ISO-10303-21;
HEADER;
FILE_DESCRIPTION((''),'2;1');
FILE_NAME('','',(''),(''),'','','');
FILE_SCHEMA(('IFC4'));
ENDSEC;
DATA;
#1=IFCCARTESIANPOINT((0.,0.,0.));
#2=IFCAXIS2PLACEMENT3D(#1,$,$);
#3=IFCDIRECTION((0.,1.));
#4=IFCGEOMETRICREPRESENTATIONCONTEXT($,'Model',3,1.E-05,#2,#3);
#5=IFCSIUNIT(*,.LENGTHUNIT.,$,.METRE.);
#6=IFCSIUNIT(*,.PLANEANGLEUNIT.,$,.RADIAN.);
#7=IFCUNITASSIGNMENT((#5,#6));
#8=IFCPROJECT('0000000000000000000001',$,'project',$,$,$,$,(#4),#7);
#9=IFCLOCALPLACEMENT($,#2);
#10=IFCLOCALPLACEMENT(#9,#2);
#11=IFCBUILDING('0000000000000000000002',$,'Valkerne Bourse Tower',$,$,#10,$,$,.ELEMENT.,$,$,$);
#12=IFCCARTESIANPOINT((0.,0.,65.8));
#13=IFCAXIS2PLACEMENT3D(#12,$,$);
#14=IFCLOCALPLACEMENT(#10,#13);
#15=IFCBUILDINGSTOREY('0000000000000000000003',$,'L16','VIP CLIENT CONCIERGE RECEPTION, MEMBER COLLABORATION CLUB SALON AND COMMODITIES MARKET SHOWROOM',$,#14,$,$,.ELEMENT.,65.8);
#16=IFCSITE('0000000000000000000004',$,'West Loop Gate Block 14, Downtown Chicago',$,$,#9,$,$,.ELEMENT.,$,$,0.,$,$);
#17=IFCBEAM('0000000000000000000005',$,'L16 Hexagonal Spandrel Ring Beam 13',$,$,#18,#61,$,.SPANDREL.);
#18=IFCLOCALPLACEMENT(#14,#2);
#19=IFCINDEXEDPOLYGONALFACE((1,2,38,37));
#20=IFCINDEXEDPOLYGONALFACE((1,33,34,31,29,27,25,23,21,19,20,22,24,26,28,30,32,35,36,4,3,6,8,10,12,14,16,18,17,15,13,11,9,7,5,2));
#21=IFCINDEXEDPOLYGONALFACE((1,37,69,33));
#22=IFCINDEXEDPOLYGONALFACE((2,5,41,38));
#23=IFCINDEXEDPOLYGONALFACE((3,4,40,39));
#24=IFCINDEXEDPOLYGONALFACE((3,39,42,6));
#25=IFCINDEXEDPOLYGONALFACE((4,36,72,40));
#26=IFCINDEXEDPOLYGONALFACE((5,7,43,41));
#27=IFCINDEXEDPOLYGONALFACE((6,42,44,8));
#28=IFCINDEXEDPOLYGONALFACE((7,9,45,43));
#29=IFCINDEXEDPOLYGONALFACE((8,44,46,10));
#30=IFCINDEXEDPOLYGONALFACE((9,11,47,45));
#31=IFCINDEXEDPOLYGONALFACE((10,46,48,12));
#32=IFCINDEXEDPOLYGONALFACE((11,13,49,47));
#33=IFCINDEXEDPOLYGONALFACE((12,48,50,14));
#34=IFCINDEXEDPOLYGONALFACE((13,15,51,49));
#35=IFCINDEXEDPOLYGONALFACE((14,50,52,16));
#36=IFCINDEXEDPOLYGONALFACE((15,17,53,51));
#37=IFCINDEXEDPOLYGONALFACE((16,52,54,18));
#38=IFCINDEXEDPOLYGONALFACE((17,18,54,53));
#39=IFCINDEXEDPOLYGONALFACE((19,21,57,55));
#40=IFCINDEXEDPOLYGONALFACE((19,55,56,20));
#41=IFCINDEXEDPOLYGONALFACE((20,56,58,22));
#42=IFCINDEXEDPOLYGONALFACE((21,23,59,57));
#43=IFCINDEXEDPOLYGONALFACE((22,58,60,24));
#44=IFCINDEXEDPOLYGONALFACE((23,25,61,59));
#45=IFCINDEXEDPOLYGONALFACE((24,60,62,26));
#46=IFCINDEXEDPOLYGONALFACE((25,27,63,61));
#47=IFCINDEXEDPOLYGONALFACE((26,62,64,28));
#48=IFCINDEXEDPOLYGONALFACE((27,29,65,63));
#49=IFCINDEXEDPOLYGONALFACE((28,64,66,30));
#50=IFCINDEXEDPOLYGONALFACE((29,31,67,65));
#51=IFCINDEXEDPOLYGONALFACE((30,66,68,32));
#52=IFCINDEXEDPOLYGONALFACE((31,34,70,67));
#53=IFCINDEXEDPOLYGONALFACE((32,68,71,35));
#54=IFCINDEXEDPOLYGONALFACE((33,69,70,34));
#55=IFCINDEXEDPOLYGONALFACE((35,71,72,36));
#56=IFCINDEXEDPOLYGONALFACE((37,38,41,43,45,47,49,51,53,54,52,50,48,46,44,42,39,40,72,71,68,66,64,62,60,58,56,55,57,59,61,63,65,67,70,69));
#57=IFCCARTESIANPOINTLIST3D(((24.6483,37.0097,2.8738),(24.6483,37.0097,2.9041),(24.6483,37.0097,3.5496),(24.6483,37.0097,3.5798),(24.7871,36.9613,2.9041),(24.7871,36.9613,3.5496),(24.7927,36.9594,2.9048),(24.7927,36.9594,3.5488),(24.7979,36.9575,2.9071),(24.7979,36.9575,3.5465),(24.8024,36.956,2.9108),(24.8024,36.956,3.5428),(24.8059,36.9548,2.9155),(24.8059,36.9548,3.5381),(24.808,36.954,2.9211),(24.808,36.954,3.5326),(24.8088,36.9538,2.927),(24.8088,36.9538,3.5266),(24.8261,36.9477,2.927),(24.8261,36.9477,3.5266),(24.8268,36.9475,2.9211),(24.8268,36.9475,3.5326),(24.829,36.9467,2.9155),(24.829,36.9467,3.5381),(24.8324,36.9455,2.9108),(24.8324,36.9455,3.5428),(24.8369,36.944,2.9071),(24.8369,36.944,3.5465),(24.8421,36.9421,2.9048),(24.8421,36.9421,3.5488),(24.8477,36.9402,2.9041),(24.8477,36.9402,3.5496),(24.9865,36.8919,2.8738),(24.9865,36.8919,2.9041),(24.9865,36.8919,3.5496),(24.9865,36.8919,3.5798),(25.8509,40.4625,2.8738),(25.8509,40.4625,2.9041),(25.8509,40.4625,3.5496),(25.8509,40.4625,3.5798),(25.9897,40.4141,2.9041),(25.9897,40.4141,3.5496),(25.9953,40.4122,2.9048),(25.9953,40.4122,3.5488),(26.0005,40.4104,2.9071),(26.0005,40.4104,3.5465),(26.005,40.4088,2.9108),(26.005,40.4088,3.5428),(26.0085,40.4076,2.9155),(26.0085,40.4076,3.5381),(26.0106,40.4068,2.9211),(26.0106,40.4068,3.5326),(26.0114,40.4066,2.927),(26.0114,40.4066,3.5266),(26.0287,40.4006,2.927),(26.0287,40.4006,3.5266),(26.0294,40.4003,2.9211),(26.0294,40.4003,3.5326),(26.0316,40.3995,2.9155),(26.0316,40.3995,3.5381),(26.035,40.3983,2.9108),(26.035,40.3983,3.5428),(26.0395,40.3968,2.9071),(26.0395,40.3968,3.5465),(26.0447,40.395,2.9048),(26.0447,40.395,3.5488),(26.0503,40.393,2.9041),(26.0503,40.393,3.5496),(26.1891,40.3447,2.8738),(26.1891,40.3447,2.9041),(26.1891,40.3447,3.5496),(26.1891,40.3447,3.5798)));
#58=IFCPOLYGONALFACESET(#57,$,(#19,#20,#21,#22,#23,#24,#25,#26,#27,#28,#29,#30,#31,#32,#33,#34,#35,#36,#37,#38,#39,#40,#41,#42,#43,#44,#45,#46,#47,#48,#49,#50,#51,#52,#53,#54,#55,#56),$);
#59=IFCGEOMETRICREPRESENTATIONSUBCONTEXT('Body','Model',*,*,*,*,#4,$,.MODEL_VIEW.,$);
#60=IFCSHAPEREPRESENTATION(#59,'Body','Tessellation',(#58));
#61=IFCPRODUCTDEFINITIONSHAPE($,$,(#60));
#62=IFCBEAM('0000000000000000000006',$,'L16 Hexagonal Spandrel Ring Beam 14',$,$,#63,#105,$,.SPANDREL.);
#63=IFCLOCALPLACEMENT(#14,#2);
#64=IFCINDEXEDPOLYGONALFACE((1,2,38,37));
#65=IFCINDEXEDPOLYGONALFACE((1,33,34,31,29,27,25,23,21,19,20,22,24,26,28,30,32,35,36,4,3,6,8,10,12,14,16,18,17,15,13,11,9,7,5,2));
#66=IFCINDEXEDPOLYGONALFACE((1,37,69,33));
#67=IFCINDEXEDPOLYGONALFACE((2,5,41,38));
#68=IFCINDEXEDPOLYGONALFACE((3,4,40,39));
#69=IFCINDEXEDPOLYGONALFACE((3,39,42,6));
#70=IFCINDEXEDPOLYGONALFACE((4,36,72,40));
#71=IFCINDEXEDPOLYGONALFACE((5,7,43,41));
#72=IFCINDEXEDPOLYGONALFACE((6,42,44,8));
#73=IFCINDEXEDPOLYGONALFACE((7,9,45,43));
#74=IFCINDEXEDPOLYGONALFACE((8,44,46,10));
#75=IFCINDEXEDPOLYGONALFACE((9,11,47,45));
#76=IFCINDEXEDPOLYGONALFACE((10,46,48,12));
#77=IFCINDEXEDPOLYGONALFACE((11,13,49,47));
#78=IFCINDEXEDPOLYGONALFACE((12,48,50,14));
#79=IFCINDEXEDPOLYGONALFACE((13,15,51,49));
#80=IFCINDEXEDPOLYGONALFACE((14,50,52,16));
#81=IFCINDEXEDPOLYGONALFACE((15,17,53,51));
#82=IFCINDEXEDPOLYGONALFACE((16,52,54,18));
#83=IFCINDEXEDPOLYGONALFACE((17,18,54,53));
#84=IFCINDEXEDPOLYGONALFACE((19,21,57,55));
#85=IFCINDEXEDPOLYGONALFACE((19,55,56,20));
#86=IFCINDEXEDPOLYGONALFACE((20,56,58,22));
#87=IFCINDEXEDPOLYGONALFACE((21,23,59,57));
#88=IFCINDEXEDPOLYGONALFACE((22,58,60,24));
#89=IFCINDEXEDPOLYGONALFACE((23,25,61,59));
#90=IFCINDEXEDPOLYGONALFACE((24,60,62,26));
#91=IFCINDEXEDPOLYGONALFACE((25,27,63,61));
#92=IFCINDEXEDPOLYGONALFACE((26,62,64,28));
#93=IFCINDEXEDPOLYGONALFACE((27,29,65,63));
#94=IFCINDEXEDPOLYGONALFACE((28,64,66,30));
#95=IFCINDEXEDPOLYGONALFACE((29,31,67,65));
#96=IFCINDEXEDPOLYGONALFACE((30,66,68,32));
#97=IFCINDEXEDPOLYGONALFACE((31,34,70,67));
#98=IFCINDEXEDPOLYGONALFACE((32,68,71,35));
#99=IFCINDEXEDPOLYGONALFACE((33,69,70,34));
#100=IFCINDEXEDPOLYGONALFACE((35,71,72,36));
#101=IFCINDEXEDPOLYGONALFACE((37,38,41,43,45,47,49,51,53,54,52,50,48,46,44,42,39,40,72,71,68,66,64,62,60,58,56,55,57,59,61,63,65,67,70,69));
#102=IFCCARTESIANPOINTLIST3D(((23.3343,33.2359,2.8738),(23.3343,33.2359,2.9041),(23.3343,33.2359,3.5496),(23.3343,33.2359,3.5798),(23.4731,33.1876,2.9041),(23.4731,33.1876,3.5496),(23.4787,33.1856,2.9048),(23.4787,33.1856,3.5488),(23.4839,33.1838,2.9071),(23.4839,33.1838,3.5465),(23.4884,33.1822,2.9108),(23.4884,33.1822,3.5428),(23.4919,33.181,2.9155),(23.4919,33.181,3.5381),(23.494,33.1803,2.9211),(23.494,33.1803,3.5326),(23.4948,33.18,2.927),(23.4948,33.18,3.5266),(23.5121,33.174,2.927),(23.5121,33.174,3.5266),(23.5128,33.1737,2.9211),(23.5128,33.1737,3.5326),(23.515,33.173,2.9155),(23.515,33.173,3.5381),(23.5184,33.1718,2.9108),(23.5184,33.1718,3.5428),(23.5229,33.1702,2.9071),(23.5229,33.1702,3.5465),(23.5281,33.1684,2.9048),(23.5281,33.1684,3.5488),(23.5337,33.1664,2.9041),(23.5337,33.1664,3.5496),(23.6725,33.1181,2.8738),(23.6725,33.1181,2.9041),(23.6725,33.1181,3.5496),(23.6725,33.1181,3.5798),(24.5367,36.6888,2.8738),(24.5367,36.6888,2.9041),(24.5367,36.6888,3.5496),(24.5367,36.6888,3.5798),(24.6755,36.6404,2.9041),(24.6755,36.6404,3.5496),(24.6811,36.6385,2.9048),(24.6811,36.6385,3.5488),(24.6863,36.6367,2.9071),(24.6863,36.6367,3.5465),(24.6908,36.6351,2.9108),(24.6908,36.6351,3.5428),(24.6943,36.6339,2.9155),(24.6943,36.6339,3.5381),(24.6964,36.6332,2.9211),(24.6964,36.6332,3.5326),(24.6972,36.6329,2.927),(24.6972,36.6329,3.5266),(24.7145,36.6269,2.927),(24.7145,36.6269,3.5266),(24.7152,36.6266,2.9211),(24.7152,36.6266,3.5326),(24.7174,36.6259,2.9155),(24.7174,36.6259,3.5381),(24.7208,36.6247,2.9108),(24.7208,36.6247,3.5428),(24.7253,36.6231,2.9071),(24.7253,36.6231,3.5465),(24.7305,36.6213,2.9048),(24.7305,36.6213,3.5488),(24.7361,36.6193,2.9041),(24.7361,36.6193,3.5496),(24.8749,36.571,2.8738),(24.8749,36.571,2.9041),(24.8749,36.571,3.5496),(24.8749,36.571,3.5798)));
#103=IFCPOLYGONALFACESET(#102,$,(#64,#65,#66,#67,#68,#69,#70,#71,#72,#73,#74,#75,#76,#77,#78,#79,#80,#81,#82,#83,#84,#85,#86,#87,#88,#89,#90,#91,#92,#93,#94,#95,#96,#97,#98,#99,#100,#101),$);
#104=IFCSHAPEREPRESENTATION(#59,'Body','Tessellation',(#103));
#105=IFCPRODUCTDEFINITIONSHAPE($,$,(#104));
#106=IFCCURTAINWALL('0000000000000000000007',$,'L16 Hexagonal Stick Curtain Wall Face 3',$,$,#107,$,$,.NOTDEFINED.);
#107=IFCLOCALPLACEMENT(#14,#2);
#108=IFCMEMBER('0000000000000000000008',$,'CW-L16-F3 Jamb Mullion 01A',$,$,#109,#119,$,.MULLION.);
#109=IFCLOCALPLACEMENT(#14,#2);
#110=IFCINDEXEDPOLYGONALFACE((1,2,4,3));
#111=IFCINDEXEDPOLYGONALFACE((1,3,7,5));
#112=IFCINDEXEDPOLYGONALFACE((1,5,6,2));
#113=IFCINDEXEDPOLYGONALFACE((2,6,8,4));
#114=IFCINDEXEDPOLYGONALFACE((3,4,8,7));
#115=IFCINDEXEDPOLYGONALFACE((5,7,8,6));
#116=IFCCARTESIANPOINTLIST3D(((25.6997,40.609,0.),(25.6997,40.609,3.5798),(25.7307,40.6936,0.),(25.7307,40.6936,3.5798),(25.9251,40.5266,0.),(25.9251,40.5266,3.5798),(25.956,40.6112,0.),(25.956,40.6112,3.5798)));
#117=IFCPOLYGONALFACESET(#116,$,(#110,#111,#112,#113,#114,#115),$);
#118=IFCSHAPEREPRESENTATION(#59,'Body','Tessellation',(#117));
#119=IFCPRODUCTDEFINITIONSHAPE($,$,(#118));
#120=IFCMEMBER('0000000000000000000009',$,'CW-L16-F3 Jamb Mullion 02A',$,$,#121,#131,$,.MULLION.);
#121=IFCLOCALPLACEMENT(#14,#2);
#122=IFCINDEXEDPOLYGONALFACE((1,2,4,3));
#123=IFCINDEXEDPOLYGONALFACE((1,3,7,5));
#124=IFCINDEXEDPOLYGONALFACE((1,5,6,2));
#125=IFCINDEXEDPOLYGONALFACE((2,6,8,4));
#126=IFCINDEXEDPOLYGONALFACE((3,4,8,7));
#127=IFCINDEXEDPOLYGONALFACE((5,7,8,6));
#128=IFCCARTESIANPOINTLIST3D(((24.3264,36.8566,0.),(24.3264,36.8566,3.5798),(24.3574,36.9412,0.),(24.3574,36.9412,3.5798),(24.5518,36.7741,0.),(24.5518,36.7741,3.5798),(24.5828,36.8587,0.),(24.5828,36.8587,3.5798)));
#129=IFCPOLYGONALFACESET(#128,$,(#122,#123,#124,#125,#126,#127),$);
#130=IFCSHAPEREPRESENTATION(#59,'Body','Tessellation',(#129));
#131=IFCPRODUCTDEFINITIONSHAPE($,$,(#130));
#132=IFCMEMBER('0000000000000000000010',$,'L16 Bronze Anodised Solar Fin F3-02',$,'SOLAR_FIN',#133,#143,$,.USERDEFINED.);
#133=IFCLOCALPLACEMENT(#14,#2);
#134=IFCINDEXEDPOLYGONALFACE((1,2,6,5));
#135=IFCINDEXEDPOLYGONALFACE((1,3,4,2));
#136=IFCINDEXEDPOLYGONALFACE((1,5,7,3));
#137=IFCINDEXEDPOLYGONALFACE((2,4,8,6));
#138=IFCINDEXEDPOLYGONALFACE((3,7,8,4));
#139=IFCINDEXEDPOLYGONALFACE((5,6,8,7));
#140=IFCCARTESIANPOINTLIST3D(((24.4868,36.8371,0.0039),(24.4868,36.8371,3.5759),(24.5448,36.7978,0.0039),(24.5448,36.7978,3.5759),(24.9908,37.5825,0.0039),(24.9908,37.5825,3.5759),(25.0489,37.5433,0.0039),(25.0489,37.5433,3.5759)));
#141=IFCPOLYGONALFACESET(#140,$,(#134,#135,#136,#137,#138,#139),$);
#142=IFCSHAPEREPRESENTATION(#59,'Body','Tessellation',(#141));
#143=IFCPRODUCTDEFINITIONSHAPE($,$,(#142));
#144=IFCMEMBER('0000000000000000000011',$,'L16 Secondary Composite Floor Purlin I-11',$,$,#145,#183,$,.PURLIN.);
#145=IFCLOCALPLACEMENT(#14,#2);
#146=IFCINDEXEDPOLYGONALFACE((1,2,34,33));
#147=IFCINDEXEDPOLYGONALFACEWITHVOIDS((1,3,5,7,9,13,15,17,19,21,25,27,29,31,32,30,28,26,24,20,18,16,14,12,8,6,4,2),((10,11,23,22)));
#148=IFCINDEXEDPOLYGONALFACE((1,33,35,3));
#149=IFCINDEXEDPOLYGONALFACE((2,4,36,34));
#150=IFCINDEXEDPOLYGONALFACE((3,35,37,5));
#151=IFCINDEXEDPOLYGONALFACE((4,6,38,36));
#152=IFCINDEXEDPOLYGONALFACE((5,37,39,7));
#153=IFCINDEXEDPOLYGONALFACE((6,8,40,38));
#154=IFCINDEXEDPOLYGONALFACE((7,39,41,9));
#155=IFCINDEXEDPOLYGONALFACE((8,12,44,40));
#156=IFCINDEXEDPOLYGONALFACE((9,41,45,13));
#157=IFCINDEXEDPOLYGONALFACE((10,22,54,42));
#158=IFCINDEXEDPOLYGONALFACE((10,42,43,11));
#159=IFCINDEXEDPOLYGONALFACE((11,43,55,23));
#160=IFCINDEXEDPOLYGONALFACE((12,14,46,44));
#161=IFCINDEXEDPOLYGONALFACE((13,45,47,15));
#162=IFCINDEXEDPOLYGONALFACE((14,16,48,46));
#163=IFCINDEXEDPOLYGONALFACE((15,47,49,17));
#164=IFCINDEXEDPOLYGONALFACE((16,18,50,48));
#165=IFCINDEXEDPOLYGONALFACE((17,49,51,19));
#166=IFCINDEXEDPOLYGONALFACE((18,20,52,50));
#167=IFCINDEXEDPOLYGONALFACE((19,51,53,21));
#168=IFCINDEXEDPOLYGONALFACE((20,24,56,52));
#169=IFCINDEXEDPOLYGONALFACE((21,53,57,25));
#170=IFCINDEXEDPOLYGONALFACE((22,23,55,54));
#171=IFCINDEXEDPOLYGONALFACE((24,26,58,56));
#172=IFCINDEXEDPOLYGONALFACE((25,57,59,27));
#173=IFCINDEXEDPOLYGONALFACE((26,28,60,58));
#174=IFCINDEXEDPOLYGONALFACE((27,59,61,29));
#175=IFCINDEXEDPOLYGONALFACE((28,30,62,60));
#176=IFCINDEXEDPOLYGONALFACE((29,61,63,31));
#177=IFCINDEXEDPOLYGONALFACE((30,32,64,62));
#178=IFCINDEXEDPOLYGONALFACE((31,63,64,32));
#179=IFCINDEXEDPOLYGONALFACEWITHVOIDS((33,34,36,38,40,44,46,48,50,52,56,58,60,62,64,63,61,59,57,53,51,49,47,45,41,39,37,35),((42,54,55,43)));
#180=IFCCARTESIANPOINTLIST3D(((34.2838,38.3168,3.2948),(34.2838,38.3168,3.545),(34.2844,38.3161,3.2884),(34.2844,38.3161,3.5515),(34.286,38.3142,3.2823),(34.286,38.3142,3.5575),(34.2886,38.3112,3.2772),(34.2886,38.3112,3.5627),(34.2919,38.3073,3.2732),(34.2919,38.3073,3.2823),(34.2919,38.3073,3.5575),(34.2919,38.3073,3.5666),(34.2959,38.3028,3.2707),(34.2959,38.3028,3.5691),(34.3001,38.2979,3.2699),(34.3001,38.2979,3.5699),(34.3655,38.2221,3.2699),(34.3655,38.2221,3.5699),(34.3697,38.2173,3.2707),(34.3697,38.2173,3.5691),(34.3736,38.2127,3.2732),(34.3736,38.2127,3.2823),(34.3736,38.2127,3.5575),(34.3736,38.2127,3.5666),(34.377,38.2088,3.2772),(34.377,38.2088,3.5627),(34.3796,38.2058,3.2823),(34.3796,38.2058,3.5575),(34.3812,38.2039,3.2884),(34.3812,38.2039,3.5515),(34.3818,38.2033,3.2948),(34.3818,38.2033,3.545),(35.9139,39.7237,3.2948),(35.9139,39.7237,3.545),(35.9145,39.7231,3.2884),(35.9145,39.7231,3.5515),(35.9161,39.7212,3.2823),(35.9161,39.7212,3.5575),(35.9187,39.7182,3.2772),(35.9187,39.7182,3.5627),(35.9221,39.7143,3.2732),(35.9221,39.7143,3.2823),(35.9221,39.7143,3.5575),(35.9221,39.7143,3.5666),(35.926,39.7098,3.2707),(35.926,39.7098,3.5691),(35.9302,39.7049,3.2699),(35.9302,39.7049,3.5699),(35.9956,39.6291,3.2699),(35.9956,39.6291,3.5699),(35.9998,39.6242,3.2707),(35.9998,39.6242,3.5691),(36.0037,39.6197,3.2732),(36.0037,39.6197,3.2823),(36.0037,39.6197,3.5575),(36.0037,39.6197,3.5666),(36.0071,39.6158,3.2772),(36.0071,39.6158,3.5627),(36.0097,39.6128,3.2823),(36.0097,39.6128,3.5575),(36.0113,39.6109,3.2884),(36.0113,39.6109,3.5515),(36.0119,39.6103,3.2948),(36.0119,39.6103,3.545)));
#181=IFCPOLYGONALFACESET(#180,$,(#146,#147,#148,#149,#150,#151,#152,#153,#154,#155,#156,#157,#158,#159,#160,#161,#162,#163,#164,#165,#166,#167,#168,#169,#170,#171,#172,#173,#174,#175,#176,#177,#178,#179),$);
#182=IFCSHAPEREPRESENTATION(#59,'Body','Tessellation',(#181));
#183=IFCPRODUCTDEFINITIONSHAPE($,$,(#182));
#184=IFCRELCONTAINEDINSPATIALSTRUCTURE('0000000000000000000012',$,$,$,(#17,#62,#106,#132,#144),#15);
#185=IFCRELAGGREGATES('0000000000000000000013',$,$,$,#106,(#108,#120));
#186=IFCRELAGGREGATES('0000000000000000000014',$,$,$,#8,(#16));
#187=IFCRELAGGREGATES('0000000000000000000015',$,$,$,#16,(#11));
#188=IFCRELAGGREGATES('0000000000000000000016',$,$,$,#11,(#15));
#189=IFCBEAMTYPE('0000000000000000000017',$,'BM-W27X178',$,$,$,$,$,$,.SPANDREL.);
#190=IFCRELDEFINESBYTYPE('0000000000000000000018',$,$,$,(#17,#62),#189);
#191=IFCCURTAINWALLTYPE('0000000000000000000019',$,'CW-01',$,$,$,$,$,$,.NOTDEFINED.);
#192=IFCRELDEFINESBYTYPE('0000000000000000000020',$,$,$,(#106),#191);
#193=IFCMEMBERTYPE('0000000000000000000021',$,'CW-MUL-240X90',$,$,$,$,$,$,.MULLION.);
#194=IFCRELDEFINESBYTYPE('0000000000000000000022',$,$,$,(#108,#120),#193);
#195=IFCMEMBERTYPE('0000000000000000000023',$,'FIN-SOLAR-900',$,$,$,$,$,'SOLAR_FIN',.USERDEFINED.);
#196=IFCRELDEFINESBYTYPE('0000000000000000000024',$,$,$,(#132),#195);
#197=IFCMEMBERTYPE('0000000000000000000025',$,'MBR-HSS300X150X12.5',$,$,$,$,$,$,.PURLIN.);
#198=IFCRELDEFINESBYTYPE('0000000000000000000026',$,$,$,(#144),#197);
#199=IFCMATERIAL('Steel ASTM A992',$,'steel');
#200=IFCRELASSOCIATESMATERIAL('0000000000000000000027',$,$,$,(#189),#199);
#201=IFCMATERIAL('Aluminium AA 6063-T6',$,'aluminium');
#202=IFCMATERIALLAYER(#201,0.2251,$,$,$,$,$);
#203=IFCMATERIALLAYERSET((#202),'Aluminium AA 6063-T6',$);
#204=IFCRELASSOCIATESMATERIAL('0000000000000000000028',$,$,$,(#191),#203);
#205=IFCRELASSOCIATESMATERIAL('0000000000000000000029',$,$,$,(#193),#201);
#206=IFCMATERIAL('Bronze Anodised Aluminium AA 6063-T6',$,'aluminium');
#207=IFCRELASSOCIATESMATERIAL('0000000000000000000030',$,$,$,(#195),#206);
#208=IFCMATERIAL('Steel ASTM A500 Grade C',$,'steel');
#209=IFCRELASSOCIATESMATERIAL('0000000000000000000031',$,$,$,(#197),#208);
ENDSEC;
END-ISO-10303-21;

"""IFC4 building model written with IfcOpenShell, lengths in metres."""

from ifc_helpers import new_model, si_unit, direction, frame, origin, origin_2d, place, context, subcontext, project, spatial, rectangle, hollow_rectangle, i_section, extrude, material, layer, layer_set, material_profile, profile_set, type_object, element, aggregate, save


model = new_model("IFC4")

# Units and contexts
model_context = context("Model", 3, precision=1e-05, world=origin(), true_north=direction((0.0, 1.0)))
body_context = subcontext(model_context, "Body", "Model", "MODEL_VIEW")
ifc_project = project(units=[si_unit("LENGTHUNIT", "METRE"), si_unit("PLANEANGLEUNIT", "RADIAN")], contexts=[model_context])

# Site, building, storey
site_placement = place(None, origin())
site = spatial("IfcSite", under=ifc_project, at=site_placement, Name="West Loop Gate Block 14, Downtown Chicago", CompositionType="ELEMENT", RefElevation=0.0)
building_placement = place(site_placement, origin())
building = spatial("IfcBuilding", under=site, at=building_placement, Name="Valkerne Bourse Tower", CompositionType="ELEMENT")
storey_placement = place(building_placement, frame((0.0, 0.0, 65.8)))
storey = spatial("IfcBuildingStorey", under=building, at=storey_placement, Name="L16", Description="VIP CLIENT CONCIERGE RECEPTION, MEMBER COLLABORATION CLUB SALON AND COMMODITIES MARKET SHOWROOM", CompositionType="ELEMENT", Elevation=65.8)

# Beams
ifc_material_1 = material(Name="Steel ASTM A992", Category="steel")
ifc_material_profile_1 = material_profile(ifc_material_1, i_section(OverallWidth=0.3582, OverallDepth=0.7061, WebThickness=0.0183, FlangeThickness=0.0303, FilletRadius=0.0229, at=origin_2d()), Name="W27X178")
ifc_profile_set_1 = profile_set([ifc_material_profile_1], Name="Steel ASTM A992")
beam_type_1 = type_object("IfcBeamType", Name="BM-W27X178", PredefinedType="SPANDREL", material=ifc_profile_set_1)
for number, where, z_axis, x_axis, name in (
    (1, (26.02, 40.4036, 3.2268), (-0.328919, -0.944358, 0.0), (0.944358, -0.328919, 0.0), "L16 Hexagonal Spandrel Ring Beam 13"),
    (2, (24.7058, 36.6299, 3.2268), (-0.32886, -0.944379, 0.0), (0.944379, -0.32886, 0.0), "L16 Hexagonal Spandrel Ring Beam 14"),
):
    element("IfcBeam", number, at=place(storey_placement, frame(where, z_axis=z_axis, x_axis=x_axis)), inside=storey, type_object=beam_type_1, Name=name, PredefinedType="SPANDREL", context=body_context, shape_type="SweptSolid", body=[
        extrude(i_section(OverallWidth=0.3582, OverallDepth=0.7061, WebThickness=0.0183, FlangeThickness=0.0303, FilletRadius=0.0229, at=origin_2d()), origin(), (0.0, 0.0, 1.0), 3.6562),
    ])

# Curtain wall, members
ifc_material_2 = material(Name="Aluminium AA 6063-T6", Category="aluminium")
ifc_layer_1 = layer(ifc_material_2, 0.2251)
ifc_layer_set_1 = layer_set([ifc_layer_1], Name="Aluminium AA 6063-T6")
curtain_wall_type = type_object("IfcCurtainWallType", Name="CW-01", PredefinedType="NOTDEFINED", material=ifc_layer_set_1)
curtain_wall_placement = place(storey_placement, origin())
curtain_wall = element("IfcCurtainWall", 3, at=curtain_wall_placement, inside=storey, type_object=curtain_wall_type, Name="L16 Hexagonal Stick Curtain Wall Face 3", PredefinedType="NOTDEFINED")
ifc_material_profile_2 = material_profile(ifc_material_2, rectangle(XDim=0.0901, YDim=0.24, at=origin_2d()), Name="CWM-90X240")
ifc_profile_set_2 = profile_set([ifc_material_profile_2], Name="Aluminium AA 6063-T6")
member_type_1 = type_object("IfcMemberType", Name="CW-MUL-240X90", PredefinedType="MULLION", material=ifc_profile_set_2)
member_1_placement = place(storey_placement, frame((25.8279, 40.6101, 0.0), z_axis=(0.0, 0.0, 1.0), x_axis=(-0.343669, -0.939091, 0.0)))
member_1 = element("IfcMember", 4, at=member_1_placement, type_object=member_type_1, Name="CW-L16-F3 Jamb Mullion 01A", PredefinedType="MULLION", context=body_context, shape_type="SweptSolid", body=[
    extrude(rectangle(XDim=0.0901, YDim=0.24, at=origin_2d()), origin(), (0.0, 0.0, 1.0), 3.5798),
])
member_2_placement = place(storey_placement, frame((24.4546, 36.8577, 0.0), z_axis=(0.0, 0.0, 1.0), x_axis=(-0.343647, -0.939099, 0.0)))
member_2 = element("IfcMember", 5, at=member_2_placement, type_object=member_type_1, Name="CW-L16-F3 Jamb Mullion 02A", PredefinedType="MULLION", context=body_context, shape_type="SweptSolid", body=[
    extrude(rectangle(XDim=0.0901, YDim=0.24, at=origin_2d()), origin(), (0.0, 0.0, 1.0), 3.5798),
])

# Members
ifc_material_3 = material(Name="Bronze Anodised Aluminium AA 6063-T6", Category="aluminium")
ifc_material_profile_3 = material_profile(ifc_material_3, rectangle(XDim=0.0701, YDim=0.8999, at=origin_2d()), Name="FIN-70X900")
ifc_profile_set_3 = profile_set([ifc_material_profile_3], Name="Bronze Anodised Aluminium AA 6063-T6")
member_type_2 = type_object("IfcMemberType", Name="FIN-SOLAR-900", ElementType="SOLAR_FIN", PredefinedType="USERDEFINED", material=ifc_profile_set_3)
member_3_placement = place(storey_placement, frame((24.7678, 37.1902, 0.0039), z_axis=(0.0, 0.0, 1.0), x_axis=(-0.828385, 0.560159, 0.0)))
element("IfcMember", 6, at=member_3_placement, inside=storey, type_object=member_type_2, Name="L16 Bronze Anodised Solar Fin F3-02", ObjectType="SOLAR_FIN", PredefinedType="USERDEFINED", context=body_context, shape_type="SweptSolid", body=[
    extrude(rectangle(XDim=0.0701, YDim=0.8999, at=origin_2d()), origin(), (0.0, 0.0, 1.0), 3.572),
])
ifc_material_4 = material(Name="Steel ASTM A500 Grade C", Category="steel")
ifc_material_profile_4 = material_profile(ifc_material_4, hollow_rectangle(XDim=0.1499, YDim=0.3, WallThickness=0.0125, OuterFilletRadius=0.0249, at=origin_2d()), Name="HSS300X150X12.5")
ifc_profile_set_4 = profile_set([ifc_material_profile_4], Name="Steel ASTM A500 Grade C")
member_type_3 = type_object("IfcMemberType", Name="MBR-HSS300X150X12.5", PredefinedType="PURLIN", material=ifc_profile_set_4)
member_4_placement = place(storey_placement, frame((35.9629, 39.667, 3.4199), z_axis=(-0.757019, -0.653393, 0.0), x_axis=(0.653393, -0.757019, 0.0)))
element("IfcMember", 7, at=member_4_placement, inside=storey, type_object=member_type_3, Name="L16 Secondary Composite Floor Purlin I-11", PredefinedType="PURLIN", context=body_context, shape_type="SweptSolid", body=[
    extrude(hollow_rectangle(XDim=0.1499, YDim=0.3, WallThickness=0.0125, OuterFilletRadius=0.0249, at=origin_2d()), origin(), (0.0, 0.0, 1.0), 2.1533),
])

aggregate(curtain_wall, [member_1, member_2])

save(model, "model.ifc")
